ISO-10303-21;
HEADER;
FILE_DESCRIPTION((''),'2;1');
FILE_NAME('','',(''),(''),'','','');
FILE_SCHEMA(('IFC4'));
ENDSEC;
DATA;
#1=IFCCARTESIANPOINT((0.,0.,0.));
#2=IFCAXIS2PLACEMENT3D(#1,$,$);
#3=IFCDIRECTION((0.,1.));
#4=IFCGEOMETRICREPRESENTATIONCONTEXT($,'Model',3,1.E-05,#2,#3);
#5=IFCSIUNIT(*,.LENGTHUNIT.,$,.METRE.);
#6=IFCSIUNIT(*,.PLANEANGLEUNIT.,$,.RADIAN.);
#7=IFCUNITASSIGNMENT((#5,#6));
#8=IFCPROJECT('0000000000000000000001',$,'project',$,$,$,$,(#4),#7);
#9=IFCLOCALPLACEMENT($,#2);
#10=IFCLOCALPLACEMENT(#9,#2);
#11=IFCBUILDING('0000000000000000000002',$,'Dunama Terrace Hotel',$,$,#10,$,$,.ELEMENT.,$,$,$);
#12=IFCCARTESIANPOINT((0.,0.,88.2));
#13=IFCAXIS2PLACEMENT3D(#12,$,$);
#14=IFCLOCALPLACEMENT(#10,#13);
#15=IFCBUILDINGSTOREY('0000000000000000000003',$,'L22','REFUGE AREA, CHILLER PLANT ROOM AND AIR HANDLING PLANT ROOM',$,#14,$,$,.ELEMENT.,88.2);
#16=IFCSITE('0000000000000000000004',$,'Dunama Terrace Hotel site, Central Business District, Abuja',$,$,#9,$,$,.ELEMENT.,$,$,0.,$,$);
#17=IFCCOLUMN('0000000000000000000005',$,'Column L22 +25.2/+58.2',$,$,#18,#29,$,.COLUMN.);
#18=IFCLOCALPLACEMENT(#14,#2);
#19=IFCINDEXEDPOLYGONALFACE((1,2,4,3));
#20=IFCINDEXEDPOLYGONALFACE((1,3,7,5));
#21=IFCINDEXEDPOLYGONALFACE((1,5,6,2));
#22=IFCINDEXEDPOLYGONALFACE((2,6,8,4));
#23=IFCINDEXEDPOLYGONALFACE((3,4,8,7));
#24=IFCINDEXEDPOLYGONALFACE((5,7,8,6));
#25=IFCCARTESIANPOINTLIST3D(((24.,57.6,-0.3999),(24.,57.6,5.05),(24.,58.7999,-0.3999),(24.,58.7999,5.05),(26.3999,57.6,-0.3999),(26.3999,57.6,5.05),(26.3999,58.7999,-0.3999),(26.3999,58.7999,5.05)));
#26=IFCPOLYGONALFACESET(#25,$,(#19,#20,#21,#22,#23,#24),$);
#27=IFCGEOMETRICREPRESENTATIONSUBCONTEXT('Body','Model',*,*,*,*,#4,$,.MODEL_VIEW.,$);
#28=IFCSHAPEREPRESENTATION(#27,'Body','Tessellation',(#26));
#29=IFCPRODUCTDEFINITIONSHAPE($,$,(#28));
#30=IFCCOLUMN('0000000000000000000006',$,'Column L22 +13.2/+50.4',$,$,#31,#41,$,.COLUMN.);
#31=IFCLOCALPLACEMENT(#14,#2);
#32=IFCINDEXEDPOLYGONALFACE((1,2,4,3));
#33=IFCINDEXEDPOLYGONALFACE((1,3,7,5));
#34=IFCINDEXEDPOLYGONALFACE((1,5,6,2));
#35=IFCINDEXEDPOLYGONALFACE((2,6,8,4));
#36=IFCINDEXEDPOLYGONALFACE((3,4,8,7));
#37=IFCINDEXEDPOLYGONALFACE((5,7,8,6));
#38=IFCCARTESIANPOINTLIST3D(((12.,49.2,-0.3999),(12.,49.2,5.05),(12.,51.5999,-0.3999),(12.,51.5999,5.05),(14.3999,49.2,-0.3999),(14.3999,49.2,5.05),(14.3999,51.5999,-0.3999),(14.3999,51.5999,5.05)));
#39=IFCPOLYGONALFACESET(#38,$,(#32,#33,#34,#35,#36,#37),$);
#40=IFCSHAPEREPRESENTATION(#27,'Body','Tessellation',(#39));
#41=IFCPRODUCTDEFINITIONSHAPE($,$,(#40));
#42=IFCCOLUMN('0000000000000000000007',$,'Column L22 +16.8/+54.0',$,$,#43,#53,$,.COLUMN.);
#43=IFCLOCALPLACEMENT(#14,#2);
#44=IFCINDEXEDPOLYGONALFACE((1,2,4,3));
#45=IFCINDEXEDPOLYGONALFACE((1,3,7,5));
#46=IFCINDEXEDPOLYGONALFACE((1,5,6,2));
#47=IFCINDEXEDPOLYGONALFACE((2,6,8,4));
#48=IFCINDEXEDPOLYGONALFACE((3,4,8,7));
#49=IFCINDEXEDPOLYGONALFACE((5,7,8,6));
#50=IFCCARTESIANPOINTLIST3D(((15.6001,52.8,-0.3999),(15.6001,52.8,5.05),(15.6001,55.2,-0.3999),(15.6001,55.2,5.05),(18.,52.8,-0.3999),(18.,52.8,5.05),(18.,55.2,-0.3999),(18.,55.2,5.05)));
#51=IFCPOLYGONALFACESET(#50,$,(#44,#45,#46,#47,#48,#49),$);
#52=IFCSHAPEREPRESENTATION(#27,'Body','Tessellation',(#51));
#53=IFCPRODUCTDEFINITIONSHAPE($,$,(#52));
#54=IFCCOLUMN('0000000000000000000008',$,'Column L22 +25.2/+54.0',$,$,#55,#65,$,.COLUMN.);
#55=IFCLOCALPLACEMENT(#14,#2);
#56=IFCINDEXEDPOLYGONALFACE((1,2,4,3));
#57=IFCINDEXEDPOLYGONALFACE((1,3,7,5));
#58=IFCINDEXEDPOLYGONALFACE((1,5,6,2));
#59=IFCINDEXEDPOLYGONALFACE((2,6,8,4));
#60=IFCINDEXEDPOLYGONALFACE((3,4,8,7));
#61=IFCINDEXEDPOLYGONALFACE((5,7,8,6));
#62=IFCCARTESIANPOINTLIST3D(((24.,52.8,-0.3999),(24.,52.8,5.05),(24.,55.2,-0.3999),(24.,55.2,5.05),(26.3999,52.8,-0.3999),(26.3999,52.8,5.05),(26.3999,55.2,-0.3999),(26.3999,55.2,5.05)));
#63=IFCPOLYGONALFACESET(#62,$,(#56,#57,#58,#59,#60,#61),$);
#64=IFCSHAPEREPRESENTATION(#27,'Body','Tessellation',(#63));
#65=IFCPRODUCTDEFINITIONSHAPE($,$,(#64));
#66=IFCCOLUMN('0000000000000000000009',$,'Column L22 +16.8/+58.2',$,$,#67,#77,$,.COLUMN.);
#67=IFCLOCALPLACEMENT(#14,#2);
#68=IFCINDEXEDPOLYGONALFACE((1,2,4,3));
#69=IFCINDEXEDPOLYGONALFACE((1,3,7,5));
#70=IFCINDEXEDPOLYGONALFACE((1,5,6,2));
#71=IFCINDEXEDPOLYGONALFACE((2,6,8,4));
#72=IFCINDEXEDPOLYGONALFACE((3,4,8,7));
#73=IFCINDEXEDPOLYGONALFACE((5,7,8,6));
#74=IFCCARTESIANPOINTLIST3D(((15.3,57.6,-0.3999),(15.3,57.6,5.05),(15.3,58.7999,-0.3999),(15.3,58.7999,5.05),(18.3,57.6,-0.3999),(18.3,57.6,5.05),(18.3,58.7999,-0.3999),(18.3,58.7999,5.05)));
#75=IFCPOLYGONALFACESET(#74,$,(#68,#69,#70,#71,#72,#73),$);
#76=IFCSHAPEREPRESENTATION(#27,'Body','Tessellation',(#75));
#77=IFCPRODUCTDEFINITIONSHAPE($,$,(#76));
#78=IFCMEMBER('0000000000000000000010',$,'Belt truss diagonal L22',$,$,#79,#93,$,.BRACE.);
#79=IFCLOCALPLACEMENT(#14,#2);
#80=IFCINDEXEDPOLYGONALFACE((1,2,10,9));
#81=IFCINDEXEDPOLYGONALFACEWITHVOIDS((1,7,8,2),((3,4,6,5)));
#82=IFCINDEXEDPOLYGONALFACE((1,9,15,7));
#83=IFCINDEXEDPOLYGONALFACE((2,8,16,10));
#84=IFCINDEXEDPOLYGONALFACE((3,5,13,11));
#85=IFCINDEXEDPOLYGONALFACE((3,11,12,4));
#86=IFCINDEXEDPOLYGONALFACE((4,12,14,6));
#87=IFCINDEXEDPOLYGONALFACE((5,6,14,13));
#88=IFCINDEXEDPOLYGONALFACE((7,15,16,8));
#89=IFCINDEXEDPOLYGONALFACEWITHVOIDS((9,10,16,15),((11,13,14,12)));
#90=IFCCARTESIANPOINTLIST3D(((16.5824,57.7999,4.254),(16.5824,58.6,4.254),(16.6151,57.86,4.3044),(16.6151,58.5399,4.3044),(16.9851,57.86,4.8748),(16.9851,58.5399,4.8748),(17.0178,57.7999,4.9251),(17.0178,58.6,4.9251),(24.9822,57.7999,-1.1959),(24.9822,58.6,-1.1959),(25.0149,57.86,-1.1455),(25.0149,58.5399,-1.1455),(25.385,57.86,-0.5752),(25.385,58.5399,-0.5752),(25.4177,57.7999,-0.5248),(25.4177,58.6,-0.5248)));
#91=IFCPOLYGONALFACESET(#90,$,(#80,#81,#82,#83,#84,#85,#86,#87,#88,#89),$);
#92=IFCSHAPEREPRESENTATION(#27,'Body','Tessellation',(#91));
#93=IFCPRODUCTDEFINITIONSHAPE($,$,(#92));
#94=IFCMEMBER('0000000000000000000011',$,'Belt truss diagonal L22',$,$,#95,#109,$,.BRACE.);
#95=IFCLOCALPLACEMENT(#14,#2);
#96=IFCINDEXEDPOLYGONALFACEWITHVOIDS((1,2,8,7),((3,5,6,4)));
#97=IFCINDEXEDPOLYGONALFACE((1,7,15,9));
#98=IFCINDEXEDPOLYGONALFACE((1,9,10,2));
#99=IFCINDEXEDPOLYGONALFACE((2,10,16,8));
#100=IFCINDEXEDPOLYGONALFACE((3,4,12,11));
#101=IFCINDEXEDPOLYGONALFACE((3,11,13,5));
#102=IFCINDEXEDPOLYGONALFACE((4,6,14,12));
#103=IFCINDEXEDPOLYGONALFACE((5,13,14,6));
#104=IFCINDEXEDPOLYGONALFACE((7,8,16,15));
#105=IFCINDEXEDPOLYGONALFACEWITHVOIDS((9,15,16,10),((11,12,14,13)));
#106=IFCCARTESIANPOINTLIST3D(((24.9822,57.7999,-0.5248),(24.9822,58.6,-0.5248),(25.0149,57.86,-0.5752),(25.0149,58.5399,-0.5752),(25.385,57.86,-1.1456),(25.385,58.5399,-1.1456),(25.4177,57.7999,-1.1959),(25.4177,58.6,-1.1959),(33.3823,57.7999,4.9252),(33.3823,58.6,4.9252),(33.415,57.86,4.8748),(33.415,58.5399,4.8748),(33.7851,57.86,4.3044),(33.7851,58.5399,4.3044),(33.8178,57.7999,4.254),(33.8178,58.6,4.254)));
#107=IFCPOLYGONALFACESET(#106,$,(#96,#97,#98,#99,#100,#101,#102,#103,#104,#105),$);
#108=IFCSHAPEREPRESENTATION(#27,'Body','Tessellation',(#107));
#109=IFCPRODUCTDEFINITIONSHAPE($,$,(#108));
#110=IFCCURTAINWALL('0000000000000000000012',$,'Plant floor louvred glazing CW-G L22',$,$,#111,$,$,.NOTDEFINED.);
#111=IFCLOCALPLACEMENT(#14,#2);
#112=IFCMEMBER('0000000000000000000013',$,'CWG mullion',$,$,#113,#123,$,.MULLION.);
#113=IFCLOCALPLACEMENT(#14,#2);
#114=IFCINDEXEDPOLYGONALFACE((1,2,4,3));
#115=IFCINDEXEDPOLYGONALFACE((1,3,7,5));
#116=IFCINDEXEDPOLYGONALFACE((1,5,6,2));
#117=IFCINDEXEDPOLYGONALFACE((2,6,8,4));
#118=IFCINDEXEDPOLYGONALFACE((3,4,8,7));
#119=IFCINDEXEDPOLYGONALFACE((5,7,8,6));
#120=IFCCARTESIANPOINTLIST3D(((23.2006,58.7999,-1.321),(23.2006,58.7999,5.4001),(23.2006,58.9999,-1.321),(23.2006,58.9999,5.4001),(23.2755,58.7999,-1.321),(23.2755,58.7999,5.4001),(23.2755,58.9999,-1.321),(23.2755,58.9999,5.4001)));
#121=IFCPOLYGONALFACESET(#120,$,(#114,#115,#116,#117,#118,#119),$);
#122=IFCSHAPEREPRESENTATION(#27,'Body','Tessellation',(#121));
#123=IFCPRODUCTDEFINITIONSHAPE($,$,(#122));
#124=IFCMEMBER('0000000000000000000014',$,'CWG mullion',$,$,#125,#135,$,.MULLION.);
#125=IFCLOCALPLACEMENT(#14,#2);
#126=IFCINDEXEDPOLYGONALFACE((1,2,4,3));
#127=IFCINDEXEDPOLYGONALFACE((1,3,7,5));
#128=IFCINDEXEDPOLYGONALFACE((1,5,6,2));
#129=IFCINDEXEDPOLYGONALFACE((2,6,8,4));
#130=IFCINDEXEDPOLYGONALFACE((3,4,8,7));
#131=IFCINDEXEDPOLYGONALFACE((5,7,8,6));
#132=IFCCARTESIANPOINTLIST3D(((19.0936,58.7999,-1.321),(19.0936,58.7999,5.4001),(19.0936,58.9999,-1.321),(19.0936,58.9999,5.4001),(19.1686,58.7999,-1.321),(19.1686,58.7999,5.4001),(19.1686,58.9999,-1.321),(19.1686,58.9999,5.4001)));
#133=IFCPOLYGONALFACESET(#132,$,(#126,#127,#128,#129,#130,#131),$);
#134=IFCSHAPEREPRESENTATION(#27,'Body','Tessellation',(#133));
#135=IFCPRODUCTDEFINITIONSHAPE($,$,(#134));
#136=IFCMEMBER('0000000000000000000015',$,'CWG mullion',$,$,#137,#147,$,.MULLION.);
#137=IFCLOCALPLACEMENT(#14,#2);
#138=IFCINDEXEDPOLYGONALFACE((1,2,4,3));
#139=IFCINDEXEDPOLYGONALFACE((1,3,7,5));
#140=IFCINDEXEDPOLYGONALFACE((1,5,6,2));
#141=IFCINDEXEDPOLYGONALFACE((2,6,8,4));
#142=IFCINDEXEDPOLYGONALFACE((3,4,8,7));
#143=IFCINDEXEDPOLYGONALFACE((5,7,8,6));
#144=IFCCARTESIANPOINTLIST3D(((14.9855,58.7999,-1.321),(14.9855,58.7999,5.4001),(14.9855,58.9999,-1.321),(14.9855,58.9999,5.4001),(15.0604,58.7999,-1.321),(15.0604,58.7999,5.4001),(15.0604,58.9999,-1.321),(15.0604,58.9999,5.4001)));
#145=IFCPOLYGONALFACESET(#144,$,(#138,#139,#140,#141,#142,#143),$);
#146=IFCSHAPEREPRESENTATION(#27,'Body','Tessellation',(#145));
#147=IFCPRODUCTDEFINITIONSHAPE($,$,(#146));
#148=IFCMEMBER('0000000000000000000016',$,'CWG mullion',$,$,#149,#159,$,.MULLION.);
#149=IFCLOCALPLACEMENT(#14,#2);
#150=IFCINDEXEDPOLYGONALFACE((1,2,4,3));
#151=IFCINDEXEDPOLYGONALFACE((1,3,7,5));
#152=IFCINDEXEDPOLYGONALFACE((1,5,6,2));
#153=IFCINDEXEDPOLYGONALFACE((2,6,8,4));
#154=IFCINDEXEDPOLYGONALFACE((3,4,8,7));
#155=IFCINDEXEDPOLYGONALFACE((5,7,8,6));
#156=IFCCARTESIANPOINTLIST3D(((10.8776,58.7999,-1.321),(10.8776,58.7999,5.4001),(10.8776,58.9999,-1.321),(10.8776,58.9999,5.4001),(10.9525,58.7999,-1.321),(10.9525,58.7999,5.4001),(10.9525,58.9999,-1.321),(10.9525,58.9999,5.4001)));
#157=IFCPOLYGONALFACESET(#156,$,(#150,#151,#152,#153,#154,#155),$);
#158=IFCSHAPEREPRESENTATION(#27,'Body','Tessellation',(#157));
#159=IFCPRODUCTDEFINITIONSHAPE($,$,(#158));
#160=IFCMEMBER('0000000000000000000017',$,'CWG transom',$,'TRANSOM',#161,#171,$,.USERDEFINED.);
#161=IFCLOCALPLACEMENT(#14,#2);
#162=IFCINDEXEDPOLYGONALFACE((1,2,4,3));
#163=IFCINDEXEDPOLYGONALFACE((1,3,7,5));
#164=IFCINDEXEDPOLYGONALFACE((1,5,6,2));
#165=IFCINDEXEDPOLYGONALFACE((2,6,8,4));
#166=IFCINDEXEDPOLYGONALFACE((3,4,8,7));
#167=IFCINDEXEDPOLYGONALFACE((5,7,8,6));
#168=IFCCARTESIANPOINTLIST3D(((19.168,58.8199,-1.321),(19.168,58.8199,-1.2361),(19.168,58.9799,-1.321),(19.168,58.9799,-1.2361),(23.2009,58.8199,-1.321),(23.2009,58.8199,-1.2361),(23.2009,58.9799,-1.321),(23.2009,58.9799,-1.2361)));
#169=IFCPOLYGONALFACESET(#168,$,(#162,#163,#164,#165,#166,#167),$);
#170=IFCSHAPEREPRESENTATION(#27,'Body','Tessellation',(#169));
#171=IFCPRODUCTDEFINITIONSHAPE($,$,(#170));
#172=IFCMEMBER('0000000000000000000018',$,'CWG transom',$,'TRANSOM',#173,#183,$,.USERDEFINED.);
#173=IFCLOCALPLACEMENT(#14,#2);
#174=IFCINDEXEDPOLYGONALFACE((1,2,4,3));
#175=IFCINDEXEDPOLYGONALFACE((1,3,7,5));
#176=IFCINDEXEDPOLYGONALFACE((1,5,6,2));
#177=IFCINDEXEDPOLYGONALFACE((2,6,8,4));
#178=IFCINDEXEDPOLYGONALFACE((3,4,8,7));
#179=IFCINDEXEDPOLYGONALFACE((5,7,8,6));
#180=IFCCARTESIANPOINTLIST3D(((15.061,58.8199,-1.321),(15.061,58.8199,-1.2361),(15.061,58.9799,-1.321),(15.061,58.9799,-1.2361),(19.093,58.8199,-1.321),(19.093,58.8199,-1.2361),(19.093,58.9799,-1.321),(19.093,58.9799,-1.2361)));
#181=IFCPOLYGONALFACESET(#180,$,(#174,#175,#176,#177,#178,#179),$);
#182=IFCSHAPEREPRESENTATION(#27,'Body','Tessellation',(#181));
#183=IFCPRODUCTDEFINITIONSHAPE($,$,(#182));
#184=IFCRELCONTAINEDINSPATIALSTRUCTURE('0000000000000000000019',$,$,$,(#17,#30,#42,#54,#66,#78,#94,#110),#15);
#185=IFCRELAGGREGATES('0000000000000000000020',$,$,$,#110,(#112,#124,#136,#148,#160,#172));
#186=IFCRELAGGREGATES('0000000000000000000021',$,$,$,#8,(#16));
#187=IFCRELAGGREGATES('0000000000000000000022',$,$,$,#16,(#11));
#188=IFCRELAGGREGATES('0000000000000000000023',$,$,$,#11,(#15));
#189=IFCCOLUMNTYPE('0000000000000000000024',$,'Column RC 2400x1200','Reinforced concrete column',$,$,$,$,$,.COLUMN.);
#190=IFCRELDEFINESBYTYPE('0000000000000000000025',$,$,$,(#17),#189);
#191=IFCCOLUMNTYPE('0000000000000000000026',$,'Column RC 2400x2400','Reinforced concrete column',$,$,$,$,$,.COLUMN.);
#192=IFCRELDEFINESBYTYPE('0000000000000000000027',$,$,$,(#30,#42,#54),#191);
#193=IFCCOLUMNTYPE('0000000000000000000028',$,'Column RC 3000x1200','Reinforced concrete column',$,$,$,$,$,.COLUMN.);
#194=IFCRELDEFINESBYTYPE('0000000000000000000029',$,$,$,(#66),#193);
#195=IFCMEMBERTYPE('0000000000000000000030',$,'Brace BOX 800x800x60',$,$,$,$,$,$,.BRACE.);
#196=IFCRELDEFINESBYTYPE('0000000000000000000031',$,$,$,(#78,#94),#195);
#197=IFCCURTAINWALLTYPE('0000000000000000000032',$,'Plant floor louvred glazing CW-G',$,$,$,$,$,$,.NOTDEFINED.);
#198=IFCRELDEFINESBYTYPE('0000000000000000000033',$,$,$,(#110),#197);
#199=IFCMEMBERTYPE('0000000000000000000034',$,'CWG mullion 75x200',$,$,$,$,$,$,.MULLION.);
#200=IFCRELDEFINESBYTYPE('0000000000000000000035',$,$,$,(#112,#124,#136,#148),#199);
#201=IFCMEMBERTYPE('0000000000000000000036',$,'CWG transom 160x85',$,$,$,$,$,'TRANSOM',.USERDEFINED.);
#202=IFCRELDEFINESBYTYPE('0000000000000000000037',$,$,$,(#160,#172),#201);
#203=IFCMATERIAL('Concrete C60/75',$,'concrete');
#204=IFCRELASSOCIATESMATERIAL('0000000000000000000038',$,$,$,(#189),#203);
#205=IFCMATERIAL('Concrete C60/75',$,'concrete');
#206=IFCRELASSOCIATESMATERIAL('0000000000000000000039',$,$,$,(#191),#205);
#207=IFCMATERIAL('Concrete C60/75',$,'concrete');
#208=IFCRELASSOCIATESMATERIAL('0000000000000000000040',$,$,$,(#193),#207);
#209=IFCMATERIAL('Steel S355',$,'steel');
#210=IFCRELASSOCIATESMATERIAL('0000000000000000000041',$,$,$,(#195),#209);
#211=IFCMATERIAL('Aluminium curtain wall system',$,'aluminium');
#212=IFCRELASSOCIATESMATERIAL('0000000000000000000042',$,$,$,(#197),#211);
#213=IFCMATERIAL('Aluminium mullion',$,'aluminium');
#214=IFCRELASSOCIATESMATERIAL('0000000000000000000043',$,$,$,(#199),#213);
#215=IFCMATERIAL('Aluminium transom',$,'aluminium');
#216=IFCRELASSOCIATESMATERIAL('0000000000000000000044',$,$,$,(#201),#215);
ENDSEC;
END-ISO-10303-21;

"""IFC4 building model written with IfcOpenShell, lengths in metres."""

from ifc_helpers import new_model, si_unit, direction, frame, origin, origin_2d, place, context, subcontext, project, spatial, rectangle, hollow_rectangle, extrude, material, material_profile, profile_set, type_object, element, aggregate, save


model = new_model("IFC4")

# Units and contexts
model_context = context("Model", 3, precision=1e-05, world=origin(), true_north=direction((0.0, 1.0)))
body_context = subcontext(model_context, "Body", "Model", "MODEL_VIEW")
ifc_project = project(units=[si_unit("LENGTHUNIT", "METRE"), si_unit("PLANEANGLEUNIT", "RADIAN")], contexts=[model_context])

# Site, building, storey
site_placement = place(None, origin())
site = spatial("IfcSite", under=ifc_project, at=site_placement, Name="Dunama Terrace Hotel site, Central Business District, Abuja", CompositionType="ELEMENT", RefElevation=0.0)
building_placement = place(site_placement, origin())
building = spatial("IfcBuilding", under=site, at=building_placement, Name="Dunama Terrace Hotel", CompositionType="ELEMENT")
storey_placement = place(building_placement, frame((0.0, 0.0, 88.2)))
storey = spatial("IfcBuildingStorey", under=building, at=storey_placement, Name="L22", Description="REFUGE AREA, CHILLER PLANT ROOM AND AIR HANDLING PLANT ROOM", CompositionType="ELEMENT", Elevation=88.2)

# Columns
ifc_material_1 = material(Name="Concrete C60/75", Category="concrete")
ifc_material_profile_1 = material_profile(ifc_material_1, rectangle(XDim=2.3999, YDim=1.2, at=origin_2d()), Name="RC 2400x1200")
ifc_profile_set_1 = profile_set([ifc_material_profile_1], Name="Concrete C60/75")
column_type_1 = type_object("IfcColumnType", Name="Column RC 2400x1200", Description="Reinforced concrete column", PredefinedType="COLUMN", material=ifc_profile_set_1)
column_1_placement = place(storey_placement, frame((25.2, 58.2, -0.3999), z_axis=(0.0, 0.0, 1.0), x_axis=(1.0, 0.0, 0.0)))
element("IfcColumn", 1, at=column_1_placement, inside=storey, type_object=column_type_1, Name="Column L22 +25.2/+58.2", PredefinedType="COLUMN", context=body_context, shape_type="SweptSolid", body=[
    extrude(rectangle(XDim=2.3999, YDim=1.2, at=origin_2d()), origin(), (0.0, 0.0, 1.0), 5.45),
])
ifc_material_2 = material(Name="Concrete C60/75", Category="concrete")
ifc_material_profile_2 = material_profile(ifc_material_2, rectangle(XDim=2.3999, YDim=2.3999, at=origin_2d()), Name="RC 2400x2400")
ifc_profile_set_2 = profile_set([ifc_material_profile_2], Name="Concrete C60/75")
column_type_2 = type_object("IfcColumnType", Name="Column RC 2400x2400", Description="Reinforced concrete column", PredefinedType="COLUMN", material=ifc_profile_set_2)
for number, where, z_axis, x_axis, name in (
    (2, (13.2, 50.3999, -0.3999), (0.0, 0.0, 1.0), (1.0, 0.0, 0.0), "Column L22 +13.2/+50.4"),
    (3, (16.8, 54.0, -0.3999), (0.0, 0.0, 1.0), (1.0, 0.0, 0.0), "Column L22 +16.8/+54.0"),
    (4, (25.2, 54.0, -0.3999), (0.0, 0.0, 1.0), (1.0, 0.0, 0.0), "Column L22 +25.2/+54.0"),
):
    element("IfcColumn", number, at=place(storey_placement, frame(where, z_axis=z_axis, x_axis=x_axis)), inside=storey, type_object=column_type_2, Name=name, PredefinedType="COLUMN", context=body_context, shape_type="SweptSolid", body=[
        extrude(rectangle(XDim=2.3999, YDim=2.3999, at=origin_2d()), origin(), (0.0, 0.0, 1.0), 5.45),
    ])
ifc_material_3 = material(Name="Concrete C60/75", Category="concrete")
ifc_material_profile_3 = material_profile(ifc_material_3, rectangle(XDim=3.0, YDim=1.2, at=origin_2d()), Name="RC 3000x1200")
ifc_profile_set_3 = profile_set([ifc_material_profile_3], Name="Concrete C60/75")
column_type_3 = type_object("IfcColumnType", Name="Column RC 3000x1200", Description="Reinforced concrete column", PredefinedType="COLUMN", material=ifc_profile_set_3)
column_2_placement = place(storey_placement, frame((16.8, 58.2, -0.3999), z_axis=(0.0, 0.0, 1.0), x_axis=(1.0, 0.0, 0.0)))
element("IfcColumn", 5, at=column_2_placement, inside=storey, type_object=column_type_3, Name="Column L22 +16.8/+58.2", PredefinedType="COLUMN", context=body_context, shape_type="SweptSolid", body=[
    extrude(rectangle(XDim=3.0, YDim=1.2, at=origin_2d()), origin(), (0.0, 0.0, 1.0), 5.45),
])

# Members
ifc_material_4 = material(Name="Steel S355", Category="steel")
ifc_material_profile_4 = material_profile(ifc_material_4, hollow_rectangle(XDim=0.8, YDim=0.8, WallThickness=0.0601, at=origin_2d()), Name="BOX 800x800x60")
ifc_profile_set_4 = profile_set([ifc_material_profile_4], Name="Steel S355")
member_type_1 = type_object("IfcMemberType", Name="Brace BOX 800x800x60", PredefinedType="BRACE", material=ifc_profile_set_4)
member_1_placement = place(storey_placement, frame((25.2, 58.2, -0.8604), z_axis=(-0.838899, 0.0, 0.544287), x_axis=(0.0, -1.0, 0.0)))
element("IfcMember", 6, at=member_1_placement, inside=storey, type_object=member_type_1, Name="Belt truss diagonal L22", PredefinedType="BRACE", context=body_context, shape_type="SweptSolid", body=[
    extrude(hollow_rectangle(XDim=0.8, YDim=0.8, WallThickness=0.0601, at=origin_2d()), origin(), (0.0, 0.0, 1.0), 10.0129),
])
member_2_placement = place(storey_placement, frame((25.2, 58.2, -0.8604), z_axis=(0.838906, 0.0, 0.544276), x_axis=(0.0, 1.0, 0.0)))
element("IfcMember", 7, at=member_2_placement, inside=storey, type_object=member_type_1, Name="Belt truss diagonal L22", PredefinedType="BRACE", context=body_context, shape_type="SweptSolid", body=[
    extrude(hollow_rectangle(XDim=0.8, YDim=0.8, WallThickness=0.0601, at=origin_2d()), origin(), (0.0, 0.0, 1.0), 10.0132),
])

# Curtain wall, members
ifc_material_5 = material(Name="Aluminium curtain wall system", Category="aluminium")
curtain_wall_type = type_object("IfcCurtainWallType", Name="Plant floor louvred glazing CW-G", PredefinedType="NOTDEFINED", material=ifc_material_5)
curtain_wall_placement = place(storey_placement, origin())
curtain_wall = element("IfcCurtainWall", 8, at=curtain_wall_placement, inside=storey, type_object=curtain_wall_type, Name="Plant floor louvred glazing CW-G L22", PredefinedType="NOTDEFINED")
ifc_material_6 = material(Name="Aluminium mullion", Category="aluminium")
ifc_material_profile_5 = material_profile(ifc_material_6, rectangle(XDim=0.075, YDim=0.2, at=origin_2d()), Name="CWG MULLION 75X200")
ifc_profile_set_5 = profile_set([ifc_material_profile_5], Name="Aluminium mullion")
member_type_2 = type_object("IfcMemberType", Name="CWG mullion 75x200", PredefinedType="MULLION", material=ifc_profile_set_5)
member_3_placement = place(storey_placement, frame((23.238, 58.8999, -1.321), z_axis=(0.0, 0.0, 1.0), x_axis=(-1.0, 0.0, 0.0)))
member_3 = element("IfcMember", 9, at=member_3_placement, type_object=member_type_2, Name="CWG mullion", PredefinedType="MULLION", context=body_context, shape_type="SweptSolid", body=[
    extrude(rectangle(XDim=0.075, YDim=0.2, at=origin_2d()), origin(), (0.0, 0.0, 1.0), 6.7212),
])
member_4_placement = place(storey_placement, frame((19.1311, 58.8999, -1.321), z_axis=(0.0, 0.0, 1.0), x_axis=(-1.0, 0.0, 0.0)))
member_4 = element("IfcMember", 10, at=member_4_placement, type_object=member_type_2, Name="CWG mullion", PredefinedType="MULLION", context=body_context, shape_type="SweptSolid", body=[
    extrude(rectangle(XDim=0.075, YDim=0.2, at=origin_2d()), origin(), (0.0, 0.0, 1.0), 6.7212),
])
member_5_placement = place(storey_placement, frame((15.0229, 58.8999, -1.321), z_axis=(0.0, 0.0, 1.0), x_axis=(-1.0, 0.0, 0.0)))
member_5 = element("IfcMember", 11, at=member_5_placement, type_object=member_type_2, Name="CWG mullion", PredefinedType="MULLION", context=body_context, shape_type="SweptSolid", body=[
    extrude(rectangle(XDim=0.075, YDim=0.2, at=origin_2d()), origin(), (0.0, 0.0, 1.0), 6.7212),
])
member_6_placement = place(storey_placement, frame((10.915, 58.8999, -1.321), z_axis=(0.0, 0.0, 1.0), x_axis=(-1.0, 0.0, 0.0)))
member_6 = element("IfcMember", 12, at=member_6_placement, type_object=member_type_2, Name="CWG mullion", PredefinedType="MULLION", context=body_context, shape_type="SweptSolid", body=[
    extrude(rectangle(XDim=0.075, YDim=0.2, at=origin_2d()), origin(), (0.0, 0.0, 1.0), 6.7212),
])
ifc_material_7 = material(Name="Aluminium transom", Category="aluminium")
ifc_material_profile_6 = material_profile(ifc_material_7, rectangle(XDim=0.1599, YDim=0.085, at=origin_2d()), Name="CWG TRANSOM 160X85")
ifc_profile_set_6 = profile_set([ifc_material_profile_6], Name="Aluminium transom")
member_type_3 = type_object("IfcMemberType", Name="CWG transom 160x85", ElementType="TRANSOM", PredefinedType="USERDEFINED", material=ifc_profile_set_6)
member_7_placement = place(storey_placement, frame((23.2009, 58.8999, -1.2786), z_axis=(-1.0, 0.0, 0.0), x_axis=(0.0, -1.0, 0.0)))
member_7 = element("IfcMember", 13, at=member_7_placement, type_object=member_type_3, Name="CWG transom", ObjectType="TRANSOM", PredefinedType="USERDEFINED", context=body_context, shape_type="SweptSolid", body=[
    extrude(rectangle(XDim=0.1599, YDim=0.085, at=origin_2d()), origin(), (0.0, 0.0, 1.0), 4.033),
])
member_8_placement = place(storey_placement, frame((19.093, 58.8999, -1.2786), z_axis=(-1.0, 0.0, 0.0), x_axis=(0.0, -1.0, 0.0)))
member_8 = element("IfcMember", 14, at=member_8_placement, type_object=member_type_3, Name="CWG transom", ObjectType="TRANSOM", PredefinedType="USERDEFINED", context=body_context, shape_type="SweptSolid", body=[
    extrude(rectangle(XDim=0.1599, YDim=0.085, at=origin_2d()), origin(), (0.0, 0.0, 1.0), 4.032),
])

aggregate(curtain_wall, [member_3, member_4, member_5, member_6, member_7, member_8])

save(model, "model.ifc")
